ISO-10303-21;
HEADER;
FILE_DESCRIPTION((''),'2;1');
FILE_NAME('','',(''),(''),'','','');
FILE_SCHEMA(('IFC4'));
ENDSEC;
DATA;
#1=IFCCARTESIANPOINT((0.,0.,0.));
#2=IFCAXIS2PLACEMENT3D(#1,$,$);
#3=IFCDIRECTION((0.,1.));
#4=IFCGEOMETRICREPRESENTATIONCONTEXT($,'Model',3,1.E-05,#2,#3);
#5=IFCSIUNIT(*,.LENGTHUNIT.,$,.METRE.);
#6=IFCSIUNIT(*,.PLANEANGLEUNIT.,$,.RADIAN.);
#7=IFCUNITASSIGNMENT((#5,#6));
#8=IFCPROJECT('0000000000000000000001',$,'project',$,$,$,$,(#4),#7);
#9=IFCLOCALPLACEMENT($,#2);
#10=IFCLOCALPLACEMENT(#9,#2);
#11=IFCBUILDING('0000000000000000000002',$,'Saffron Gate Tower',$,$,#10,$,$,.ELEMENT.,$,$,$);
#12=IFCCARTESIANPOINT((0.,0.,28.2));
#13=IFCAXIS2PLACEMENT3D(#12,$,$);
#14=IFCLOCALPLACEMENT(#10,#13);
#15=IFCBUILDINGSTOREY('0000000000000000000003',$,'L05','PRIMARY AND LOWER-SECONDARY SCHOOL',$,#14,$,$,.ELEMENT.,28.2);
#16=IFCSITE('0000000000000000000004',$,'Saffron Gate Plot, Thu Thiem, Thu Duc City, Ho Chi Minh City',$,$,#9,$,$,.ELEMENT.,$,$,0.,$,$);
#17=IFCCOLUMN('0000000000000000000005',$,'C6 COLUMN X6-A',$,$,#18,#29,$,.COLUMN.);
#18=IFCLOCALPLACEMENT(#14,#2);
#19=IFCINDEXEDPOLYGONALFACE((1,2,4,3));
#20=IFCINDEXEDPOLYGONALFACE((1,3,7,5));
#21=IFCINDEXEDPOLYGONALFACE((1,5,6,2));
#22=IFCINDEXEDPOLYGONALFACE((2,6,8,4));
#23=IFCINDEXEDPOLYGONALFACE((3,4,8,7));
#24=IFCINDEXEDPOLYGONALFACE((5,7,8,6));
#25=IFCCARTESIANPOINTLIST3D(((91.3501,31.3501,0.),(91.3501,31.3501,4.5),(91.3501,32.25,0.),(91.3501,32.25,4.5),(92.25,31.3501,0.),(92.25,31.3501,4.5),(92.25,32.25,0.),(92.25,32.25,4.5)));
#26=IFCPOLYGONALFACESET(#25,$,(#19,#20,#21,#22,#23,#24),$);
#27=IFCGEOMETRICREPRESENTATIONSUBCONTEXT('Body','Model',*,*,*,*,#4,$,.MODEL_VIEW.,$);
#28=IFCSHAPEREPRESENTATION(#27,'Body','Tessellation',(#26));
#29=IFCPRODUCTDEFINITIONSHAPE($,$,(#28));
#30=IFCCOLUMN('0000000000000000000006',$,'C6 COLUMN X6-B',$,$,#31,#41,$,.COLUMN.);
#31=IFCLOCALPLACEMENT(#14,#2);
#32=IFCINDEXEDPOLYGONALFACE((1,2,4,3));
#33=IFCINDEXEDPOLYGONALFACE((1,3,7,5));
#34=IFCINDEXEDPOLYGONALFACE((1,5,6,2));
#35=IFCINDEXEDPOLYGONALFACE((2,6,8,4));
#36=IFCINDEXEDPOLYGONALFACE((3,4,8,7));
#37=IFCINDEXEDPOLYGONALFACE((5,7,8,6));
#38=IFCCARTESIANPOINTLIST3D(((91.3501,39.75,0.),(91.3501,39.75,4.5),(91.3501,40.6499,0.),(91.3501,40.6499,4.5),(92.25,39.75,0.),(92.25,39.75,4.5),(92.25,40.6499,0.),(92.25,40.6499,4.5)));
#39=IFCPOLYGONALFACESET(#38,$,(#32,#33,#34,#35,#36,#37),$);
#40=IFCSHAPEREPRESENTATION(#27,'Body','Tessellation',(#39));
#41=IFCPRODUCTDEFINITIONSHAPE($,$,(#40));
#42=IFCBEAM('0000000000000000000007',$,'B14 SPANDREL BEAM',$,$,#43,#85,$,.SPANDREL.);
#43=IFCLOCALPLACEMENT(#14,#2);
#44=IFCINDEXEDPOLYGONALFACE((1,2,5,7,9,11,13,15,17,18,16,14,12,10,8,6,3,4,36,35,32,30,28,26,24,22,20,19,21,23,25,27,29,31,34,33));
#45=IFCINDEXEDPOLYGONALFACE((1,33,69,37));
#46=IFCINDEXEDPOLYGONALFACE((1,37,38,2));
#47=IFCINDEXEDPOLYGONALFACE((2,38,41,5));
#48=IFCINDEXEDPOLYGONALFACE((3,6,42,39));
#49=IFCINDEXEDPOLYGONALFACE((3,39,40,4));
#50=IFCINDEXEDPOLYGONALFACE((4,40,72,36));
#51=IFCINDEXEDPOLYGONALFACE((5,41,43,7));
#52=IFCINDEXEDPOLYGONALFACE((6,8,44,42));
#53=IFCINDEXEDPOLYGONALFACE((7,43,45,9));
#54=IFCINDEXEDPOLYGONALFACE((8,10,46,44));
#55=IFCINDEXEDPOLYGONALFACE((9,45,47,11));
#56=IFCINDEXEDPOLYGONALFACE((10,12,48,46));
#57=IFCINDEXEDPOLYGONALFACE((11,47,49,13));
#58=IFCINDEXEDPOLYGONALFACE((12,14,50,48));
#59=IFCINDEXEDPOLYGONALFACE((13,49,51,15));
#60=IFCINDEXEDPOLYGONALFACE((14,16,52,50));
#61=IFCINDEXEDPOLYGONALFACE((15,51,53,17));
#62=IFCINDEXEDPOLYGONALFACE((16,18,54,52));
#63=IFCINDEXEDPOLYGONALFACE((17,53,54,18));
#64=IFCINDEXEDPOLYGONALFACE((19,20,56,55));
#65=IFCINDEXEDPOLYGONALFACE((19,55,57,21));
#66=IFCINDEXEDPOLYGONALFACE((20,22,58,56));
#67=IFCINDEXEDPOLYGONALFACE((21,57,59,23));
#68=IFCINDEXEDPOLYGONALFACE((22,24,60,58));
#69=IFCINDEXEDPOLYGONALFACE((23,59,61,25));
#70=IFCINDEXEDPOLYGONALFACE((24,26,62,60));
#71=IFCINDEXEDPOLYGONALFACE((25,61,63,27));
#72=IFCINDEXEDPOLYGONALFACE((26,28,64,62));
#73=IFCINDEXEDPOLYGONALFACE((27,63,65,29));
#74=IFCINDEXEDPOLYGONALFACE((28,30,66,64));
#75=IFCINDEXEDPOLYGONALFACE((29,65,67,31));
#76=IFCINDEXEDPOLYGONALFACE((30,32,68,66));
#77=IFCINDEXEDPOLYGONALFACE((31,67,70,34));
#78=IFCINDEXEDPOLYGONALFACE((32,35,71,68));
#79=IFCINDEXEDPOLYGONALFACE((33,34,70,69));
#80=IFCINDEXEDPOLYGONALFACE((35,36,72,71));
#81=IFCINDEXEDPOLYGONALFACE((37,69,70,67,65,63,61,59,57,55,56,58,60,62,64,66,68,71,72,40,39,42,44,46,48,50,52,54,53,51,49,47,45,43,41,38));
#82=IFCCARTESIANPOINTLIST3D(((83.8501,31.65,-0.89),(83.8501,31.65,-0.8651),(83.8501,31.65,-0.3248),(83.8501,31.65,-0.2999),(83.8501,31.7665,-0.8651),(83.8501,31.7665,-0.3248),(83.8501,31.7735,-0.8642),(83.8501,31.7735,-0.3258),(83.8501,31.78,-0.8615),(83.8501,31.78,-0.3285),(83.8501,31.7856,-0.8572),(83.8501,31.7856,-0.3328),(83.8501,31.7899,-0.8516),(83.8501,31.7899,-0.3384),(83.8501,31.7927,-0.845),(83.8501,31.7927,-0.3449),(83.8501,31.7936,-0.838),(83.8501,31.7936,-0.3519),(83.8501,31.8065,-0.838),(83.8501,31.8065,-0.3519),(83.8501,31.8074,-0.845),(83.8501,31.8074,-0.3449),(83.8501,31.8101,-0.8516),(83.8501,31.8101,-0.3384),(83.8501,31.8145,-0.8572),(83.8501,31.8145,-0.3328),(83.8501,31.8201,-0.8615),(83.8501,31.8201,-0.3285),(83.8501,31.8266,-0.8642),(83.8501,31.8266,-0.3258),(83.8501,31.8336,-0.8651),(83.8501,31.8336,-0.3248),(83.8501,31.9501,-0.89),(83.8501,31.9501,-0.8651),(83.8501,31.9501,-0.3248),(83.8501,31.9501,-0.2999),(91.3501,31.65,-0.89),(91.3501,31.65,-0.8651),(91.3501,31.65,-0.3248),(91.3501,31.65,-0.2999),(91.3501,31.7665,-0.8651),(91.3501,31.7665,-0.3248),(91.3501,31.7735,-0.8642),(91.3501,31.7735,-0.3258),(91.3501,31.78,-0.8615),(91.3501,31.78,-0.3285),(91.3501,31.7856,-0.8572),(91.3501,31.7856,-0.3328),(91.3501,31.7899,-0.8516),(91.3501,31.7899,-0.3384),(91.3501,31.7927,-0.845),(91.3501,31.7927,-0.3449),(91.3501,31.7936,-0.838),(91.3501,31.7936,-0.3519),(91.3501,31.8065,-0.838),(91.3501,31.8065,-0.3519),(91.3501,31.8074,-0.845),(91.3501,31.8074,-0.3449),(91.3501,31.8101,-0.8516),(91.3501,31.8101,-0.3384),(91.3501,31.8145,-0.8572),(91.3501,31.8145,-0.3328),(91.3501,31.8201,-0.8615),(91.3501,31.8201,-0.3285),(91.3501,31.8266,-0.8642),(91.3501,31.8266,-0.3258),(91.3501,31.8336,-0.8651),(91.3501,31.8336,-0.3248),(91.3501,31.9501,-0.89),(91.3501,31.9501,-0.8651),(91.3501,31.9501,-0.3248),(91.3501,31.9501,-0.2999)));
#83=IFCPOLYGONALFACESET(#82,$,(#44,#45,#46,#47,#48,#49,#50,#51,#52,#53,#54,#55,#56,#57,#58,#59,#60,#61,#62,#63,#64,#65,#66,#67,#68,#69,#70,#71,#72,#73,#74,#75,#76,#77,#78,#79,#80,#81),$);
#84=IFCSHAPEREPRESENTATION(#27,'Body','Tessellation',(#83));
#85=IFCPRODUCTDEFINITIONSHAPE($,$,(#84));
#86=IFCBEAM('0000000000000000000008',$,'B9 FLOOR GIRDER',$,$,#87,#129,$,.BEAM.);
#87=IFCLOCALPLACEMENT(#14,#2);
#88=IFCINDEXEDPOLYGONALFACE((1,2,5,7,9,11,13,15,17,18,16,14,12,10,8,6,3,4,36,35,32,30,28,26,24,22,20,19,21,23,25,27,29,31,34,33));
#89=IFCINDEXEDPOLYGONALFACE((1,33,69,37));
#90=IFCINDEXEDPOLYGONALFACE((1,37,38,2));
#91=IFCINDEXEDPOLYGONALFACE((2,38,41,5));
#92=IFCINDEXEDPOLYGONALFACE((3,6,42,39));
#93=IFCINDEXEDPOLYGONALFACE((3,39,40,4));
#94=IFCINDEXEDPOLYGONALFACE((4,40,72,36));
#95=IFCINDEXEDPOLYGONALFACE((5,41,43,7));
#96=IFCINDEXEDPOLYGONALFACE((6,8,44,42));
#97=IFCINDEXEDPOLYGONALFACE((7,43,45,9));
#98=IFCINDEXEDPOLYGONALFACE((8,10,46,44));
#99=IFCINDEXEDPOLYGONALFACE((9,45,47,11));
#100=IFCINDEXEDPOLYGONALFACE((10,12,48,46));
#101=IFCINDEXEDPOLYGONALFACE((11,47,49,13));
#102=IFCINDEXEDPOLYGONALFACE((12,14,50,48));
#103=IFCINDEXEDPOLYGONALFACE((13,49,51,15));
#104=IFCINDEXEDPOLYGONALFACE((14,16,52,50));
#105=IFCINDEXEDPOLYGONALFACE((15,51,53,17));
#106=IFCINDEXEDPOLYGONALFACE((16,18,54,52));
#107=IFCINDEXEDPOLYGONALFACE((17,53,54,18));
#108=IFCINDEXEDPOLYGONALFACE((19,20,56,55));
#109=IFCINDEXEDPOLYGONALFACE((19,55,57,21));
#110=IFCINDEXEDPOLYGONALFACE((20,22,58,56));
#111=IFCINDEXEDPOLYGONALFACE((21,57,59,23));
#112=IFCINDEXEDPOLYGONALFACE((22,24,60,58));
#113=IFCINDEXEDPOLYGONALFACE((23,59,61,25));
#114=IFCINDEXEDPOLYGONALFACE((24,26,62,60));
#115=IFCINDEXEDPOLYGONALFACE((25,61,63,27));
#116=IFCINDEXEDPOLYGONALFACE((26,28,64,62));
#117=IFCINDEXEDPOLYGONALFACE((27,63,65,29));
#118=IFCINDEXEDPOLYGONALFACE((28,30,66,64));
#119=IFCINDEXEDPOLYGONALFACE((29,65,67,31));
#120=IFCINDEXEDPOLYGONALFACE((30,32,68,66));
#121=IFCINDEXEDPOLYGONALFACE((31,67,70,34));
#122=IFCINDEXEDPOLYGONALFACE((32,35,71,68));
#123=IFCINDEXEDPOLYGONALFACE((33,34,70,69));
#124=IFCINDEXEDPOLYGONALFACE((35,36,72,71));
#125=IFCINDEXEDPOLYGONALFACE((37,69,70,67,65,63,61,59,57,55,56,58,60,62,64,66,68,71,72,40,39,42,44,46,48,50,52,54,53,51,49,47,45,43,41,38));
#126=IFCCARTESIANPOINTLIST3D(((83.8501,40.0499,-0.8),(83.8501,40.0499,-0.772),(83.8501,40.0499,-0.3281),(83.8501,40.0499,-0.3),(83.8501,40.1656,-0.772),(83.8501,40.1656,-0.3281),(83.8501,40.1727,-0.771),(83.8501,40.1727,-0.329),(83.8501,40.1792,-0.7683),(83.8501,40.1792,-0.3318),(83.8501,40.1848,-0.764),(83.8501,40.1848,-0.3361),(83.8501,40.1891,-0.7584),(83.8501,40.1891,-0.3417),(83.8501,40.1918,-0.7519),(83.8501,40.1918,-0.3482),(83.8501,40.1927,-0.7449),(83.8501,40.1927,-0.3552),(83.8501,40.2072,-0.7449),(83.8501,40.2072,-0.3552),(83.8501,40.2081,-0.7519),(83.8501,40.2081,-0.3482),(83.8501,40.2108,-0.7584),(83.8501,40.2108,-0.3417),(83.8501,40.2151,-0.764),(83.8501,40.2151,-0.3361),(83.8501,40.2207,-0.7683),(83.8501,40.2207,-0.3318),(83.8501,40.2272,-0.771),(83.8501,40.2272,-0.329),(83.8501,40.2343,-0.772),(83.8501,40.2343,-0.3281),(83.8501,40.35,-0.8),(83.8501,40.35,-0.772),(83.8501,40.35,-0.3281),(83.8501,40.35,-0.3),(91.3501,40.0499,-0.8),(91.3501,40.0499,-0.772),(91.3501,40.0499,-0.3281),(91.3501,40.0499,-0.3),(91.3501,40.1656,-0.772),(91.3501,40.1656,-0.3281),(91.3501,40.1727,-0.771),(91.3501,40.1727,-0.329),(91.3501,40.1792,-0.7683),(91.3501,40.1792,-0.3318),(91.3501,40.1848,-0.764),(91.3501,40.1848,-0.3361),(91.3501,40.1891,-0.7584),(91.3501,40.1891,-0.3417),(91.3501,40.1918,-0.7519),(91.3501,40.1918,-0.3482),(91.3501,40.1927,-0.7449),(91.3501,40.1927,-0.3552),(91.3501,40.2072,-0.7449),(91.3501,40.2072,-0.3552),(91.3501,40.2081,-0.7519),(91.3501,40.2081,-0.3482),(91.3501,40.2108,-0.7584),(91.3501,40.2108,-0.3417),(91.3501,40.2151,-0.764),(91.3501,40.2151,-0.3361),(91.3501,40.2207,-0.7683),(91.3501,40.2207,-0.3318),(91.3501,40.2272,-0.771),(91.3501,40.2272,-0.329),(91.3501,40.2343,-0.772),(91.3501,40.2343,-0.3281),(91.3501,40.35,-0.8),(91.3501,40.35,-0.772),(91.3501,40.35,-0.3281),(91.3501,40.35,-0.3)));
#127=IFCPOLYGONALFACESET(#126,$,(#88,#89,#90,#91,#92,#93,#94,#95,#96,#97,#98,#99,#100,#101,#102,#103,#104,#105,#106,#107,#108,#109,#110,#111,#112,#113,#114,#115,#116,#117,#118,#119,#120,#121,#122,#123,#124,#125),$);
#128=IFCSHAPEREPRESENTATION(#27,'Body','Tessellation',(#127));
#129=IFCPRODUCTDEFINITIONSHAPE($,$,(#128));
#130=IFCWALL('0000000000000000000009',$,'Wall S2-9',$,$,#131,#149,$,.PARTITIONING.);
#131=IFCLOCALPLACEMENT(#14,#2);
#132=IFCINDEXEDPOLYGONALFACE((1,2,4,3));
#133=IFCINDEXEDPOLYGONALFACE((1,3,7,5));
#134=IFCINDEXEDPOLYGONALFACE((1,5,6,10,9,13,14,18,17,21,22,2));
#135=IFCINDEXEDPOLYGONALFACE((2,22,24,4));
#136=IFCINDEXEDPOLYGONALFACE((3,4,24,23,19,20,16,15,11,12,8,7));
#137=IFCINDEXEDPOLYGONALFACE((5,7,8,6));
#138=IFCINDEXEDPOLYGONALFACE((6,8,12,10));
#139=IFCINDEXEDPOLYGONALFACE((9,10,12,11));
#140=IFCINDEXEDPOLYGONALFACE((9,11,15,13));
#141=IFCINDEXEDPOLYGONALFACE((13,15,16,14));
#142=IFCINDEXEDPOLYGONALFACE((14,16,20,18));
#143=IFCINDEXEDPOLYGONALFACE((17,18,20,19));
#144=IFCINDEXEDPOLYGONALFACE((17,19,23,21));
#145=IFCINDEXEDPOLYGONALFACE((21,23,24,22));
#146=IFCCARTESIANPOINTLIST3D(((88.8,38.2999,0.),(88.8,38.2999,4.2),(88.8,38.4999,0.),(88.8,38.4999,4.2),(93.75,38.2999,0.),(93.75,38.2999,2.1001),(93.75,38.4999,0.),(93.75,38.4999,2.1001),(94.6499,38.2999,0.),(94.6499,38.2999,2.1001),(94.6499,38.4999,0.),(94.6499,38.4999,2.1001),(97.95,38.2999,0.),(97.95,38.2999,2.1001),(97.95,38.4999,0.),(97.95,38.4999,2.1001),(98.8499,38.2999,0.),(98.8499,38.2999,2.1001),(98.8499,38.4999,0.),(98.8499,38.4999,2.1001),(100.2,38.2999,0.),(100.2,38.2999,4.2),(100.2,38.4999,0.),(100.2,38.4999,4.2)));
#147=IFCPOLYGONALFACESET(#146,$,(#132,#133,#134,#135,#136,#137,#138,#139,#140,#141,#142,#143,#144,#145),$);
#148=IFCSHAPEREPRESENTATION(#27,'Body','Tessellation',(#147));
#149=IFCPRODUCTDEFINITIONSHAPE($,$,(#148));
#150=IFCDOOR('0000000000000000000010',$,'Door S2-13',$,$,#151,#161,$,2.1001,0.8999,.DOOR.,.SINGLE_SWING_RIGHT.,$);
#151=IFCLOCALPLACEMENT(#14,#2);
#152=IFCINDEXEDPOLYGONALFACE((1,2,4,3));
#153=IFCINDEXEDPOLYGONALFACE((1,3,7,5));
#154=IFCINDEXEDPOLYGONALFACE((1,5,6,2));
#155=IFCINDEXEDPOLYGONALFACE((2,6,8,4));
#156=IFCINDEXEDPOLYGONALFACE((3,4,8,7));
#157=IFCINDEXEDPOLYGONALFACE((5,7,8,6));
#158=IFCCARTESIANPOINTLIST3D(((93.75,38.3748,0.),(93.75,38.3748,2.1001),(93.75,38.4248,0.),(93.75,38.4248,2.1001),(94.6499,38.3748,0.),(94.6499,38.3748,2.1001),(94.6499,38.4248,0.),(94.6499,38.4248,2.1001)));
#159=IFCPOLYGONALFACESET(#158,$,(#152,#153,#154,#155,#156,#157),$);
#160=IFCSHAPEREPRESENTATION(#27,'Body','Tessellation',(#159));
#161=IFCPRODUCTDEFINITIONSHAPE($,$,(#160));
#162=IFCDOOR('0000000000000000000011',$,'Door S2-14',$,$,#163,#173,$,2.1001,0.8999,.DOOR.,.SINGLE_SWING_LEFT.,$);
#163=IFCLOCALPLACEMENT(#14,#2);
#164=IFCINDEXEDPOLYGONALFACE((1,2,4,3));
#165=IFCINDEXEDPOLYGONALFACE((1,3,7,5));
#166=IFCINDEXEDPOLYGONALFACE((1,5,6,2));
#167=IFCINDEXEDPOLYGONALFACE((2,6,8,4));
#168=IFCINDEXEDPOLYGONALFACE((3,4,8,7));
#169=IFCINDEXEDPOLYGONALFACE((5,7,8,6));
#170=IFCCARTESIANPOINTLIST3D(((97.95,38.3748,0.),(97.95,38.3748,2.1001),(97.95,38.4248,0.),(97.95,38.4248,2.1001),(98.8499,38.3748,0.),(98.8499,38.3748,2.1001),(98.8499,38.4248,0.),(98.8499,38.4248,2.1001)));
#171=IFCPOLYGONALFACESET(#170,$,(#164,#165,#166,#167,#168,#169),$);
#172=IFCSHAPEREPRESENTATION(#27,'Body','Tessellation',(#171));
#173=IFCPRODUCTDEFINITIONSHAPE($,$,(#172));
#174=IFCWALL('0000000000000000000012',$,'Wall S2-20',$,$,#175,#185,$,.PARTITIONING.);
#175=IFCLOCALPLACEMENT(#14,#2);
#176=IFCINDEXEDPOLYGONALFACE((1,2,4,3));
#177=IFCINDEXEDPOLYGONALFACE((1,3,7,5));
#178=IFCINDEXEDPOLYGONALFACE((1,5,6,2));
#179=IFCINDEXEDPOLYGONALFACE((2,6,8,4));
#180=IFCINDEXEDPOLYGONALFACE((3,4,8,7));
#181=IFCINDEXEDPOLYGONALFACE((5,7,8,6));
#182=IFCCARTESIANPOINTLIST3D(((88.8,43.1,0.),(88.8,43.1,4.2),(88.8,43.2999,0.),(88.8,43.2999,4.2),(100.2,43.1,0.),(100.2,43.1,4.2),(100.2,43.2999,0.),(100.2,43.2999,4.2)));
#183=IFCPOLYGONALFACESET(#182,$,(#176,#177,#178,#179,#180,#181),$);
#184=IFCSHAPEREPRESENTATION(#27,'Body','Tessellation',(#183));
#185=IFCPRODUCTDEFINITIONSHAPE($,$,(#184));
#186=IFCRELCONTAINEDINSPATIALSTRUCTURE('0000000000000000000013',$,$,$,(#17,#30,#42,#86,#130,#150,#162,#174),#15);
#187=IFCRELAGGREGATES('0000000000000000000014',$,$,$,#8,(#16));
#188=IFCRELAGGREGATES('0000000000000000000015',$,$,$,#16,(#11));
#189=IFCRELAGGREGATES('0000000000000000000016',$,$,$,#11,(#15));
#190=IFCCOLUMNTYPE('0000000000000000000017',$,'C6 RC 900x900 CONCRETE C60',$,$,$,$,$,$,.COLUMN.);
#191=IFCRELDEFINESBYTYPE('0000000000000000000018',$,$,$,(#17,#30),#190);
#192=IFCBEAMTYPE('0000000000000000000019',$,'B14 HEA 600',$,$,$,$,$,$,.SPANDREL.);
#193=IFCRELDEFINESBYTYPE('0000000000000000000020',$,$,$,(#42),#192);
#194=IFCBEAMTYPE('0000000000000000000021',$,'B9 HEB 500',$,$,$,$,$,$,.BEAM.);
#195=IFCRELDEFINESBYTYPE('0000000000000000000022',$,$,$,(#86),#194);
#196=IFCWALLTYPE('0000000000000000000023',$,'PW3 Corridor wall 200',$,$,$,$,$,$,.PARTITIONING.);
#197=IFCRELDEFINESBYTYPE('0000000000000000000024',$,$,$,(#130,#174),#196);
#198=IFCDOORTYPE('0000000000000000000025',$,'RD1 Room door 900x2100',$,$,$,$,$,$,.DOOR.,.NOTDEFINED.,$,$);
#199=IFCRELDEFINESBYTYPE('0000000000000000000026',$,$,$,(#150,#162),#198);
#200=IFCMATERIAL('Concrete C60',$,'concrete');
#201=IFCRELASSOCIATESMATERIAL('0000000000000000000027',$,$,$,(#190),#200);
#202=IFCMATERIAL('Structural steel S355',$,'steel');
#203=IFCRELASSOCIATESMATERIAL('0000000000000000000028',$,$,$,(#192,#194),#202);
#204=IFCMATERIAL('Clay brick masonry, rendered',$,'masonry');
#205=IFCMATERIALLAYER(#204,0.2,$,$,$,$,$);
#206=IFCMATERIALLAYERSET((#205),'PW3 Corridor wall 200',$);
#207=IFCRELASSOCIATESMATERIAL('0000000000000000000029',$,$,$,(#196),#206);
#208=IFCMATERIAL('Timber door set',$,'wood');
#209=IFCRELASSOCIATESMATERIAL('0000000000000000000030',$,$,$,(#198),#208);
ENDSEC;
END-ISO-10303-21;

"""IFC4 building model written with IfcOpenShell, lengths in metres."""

from ifc_helpers import new_model, si_unit, direction, frame, frame_2d, origin, origin_2d, place, context, subcontext, project, spatial, rectangle, i_section, extrude, material, layer, layer_set, material_profile, profile_set, type_object, element, fill, save


model = new_model("IFC4")

# Units and contexts
model_context = context("Model", 3, precision=1e-05, world=origin(), true_north=direction((0.0, 1.0)))
body_context = subcontext(model_context, "Body", "Model", "MODEL_VIEW")
ifc_project = project(units=[si_unit("LENGTHUNIT", "METRE"), si_unit("PLANEANGLEUNIT", "RADIAN")], contexts=[model_context])

# Site, building, storey
site_placement = place(None, origin())
site = spatial("IfcSite", under=ifc_project, at=site_placement, Name="Saffron Gate Plot, Thu Thiem, Thu Duc City, Ho Chi Minh City", CompositionType="ELEMENT", RefElevation=0.0)
building_placement = place(site_placement, origin())
building = spatial("IfcBuilding", under=site, at=building_placement, Name="Saffron Gate Tower", CompositionType="ELEMENT")
storey_placement = place(building_placement, frame((0.0, 0.0, 28.2)))
storey = spatial("IfcBuildingStorey", under=building, at=storey_placement, Name="L05", Description="PRIMARY AND LOWER-SECONDARY SCHOOL", CompositionType="ELEMENT", Elevation=28.2)

# Columns
ifc_material_1 = material(Name="Concrete C60", Category="concrete")
ifc_material_profile_1 = material_profile(ifc_material_1, rectangle(XDim=0.8999, YDim=0.8999, at=origin_2d()))
ifc_profile_set_1 = profile_set([ifc_material_profile_1], Name="Concrete C60")
column_type = type_object("IfcColumnType", Name="C6 RC 900x900 CONCRETE C60", PredefinedType="COLUMN", material=ifc_profile_set_1)
for number, where, z_axis, x_axis, name in (
    (1, (91.8, 31.8, 0.0), (0.0, 0.0, 1.0), (1.0, 0.0, 0.0), "C6 COLUMN X6-A"),
    (2, (91.8, 40.2, 0.0), (0.0, 0.0, 1.0), (1.0, 0.0, 0.0), "C6 COLUMN X6-B"),
):
    element("IfcColumn", number, at=place(storey_placement, frame(where, z_axis=z_axis, x_axis=x_axis)), inside=storey, type_object=column_type, Name=name, PredefinedType="COLUMN", context=body_context, shape_type="SweptSolid", body=[
        extrude(rectangle(XDim=0.8999, YDim=0.8999, at=origin_2d()), origin(), (0.0, 0.0, 1.0), 4.5),
    ])

# Beams
ifc_material_2 = material(Name="Structural steel S355", Category="steel")
ifc_material_profile_2 = material_profile(ifc_material_2, i_section(OverallWidth=0.3, OverallDepth=0.5901, WebThickness=0.0129, FlangeThickness=0.0249, FilletRadius=0.0271, at=origin_2d()))
ifc_profile_set_2 = profile_set([ifc_material_profile_2], Name="Structural steel S355")
beam_type_1 = type_object("IfcBeamType", Name="B14 HEA 600", PredefinedType="SPANDREL", material=ifc_profile_set_2)
beam_1_placement = place(storey_placement, frame((83.8501, 31.8, -0.595), z_axis=(1.0, 0.0, 0.0), x_axis=(0.0, 1.0, 0.0)))
element("IfcBeam", 3, at=beam_1_placement, inside=storey, type_object=beam_type_1, Name="B14 SPANDREL BEAM", PredefinedType="SPANDREL", context=body_context, shape_type="SweptSolid", body=[
    extrude(i_section(OverallWidth=0.3, OverallDepth=0.5901, WebThickness=0.0129, FlangeThickness=0.0249, FilletRadius=0.0271, at=origin_2d()), origin(), (0.0, 0.0, 1.0), 7.5),
])
ifc_material_profile_3 = material_profile(ifc_material_2, i_section(OverallWidth=0.3, OverallDepth=0.5, WebThickness=0.0144, FlangeThickness=0.0281, FilletRadius=0.0271, at=origin_2d()))
ifc_profile_set_3 = profile_set([ifc_material_profile_3], Name="Structural steel S355")
beam_type_2 = type_object("IfcBeamType", Name="B9 HEB 500", PredefinedType="BEAM", material=ifc_profile_set_3)
beam_2_placement = place(storey_placement, frame((83.8501, 40.2, -0.55), z_axis=(1.0, 0.0, 0.0), x_axis=(0.0, 1.0, 0.0)))
element("IfcBeam", 4, at=beam_2_placement, inside=storey, type_object=beam_type_2, Name="B9 FLOOR GIRDER", PredefinedType="BEAM", context=body_context, shape_type="SweptSolid", body=[
    extrude(i_section(OverallWidth=0.3, OverallDepth=0.5, WebThickness=0.0144, FlangeThickness=0.0281, FilletRadius=0.0271, at=origin_2d()), origin(), (0.0, 0.0, 1.0), 7.5),
])

# Wall, openings, doors
ifc_material_3 = material(Name="Clay brick masonry, rendered", Category="masonry")
ifc_layer_1 = layer(ifc_material_3, 0.2)
ifc_layer_set_1 = layer_set([ifc_layer_1], Name="PW3 Corridor wall 200")
wall_type_1 = type_object("IfcWallType", Name="PW3 Corridor wall 200", PredefinedType="PARTITIONING", material=ifc_layer_set_1)
wall_1_placement = place(storey_placement, frame((88.8, 38.3999, 0.0), z_axis=(0.0, 0.0, 1.0), x_axis=(1.0, 0.0, 0.0)))
wall_1 = element("IfcWall", 5, at=wall_1_placement, inside=storey, type_object=wall_type_1, Name="Wall S2-9", PredefinedType="PARTITIONING", context=body_context, shape_type="SweptSolid", body=[
    extrude(rectangle(XDim=11.3999, YDim=0.2, at=frame_2d((5.7, 0.0))), origin(), (0.0, 0.0, 1.0), 4.2),
])
opening_1_placement = place(wall_1_placement, frame((4.95, 0.0, 0.0)))
opening_1 = element("IfcOpeningElement", 6, at=opening_1_placement, cuts=wall_1, PredefinedType="OPENING", context=body_context, shape_type="SweptSolid", body=[
    extrude(rectangle(XDim=0.8999, YDim=2.1001, at=frame_2d((0.45, 1.05))), frame((0.0, 0.1099, 0.0), z_axis=(0.0, -1.0, 0.0), x_axis=(1.0, 0.0, 0.0)), (0.0, 0.0, 1.0), 0.22),
])
opening_2_placement = place(wall_1_placement, frame((9.1499, 0.0, 0.0)))
opening_2 = element("IfcOpeningElement", 7, at=opening_2_placement, cuts=wall_1, PredefinedType="OPENING", context=body_context, shape_type="SweptSolid", body=[
    extrude(rectangle(XDim=0.8999, YDim=2.1001, at=frame_2d((0.45, 1.05))), frame((0.0, 0.1099, 0.0), z_axis=(0.0, -1.0, 0.0), x_axis=(1.0, 0.0, 0.0)), (0.0, 0.0, 1.0), 0.22),
])
ifc_material_4 = material(Name="Timber door set", Category="wood")
door_type = type_object("IfcDoorType", Name="RD1 Room door 900x2100", OperationType="NOTDEFINED", PredefinedType="DOOR", material=ifc_material_4)
door_1_placement = place(opening_1_placement, origin())
door_1 = element("IfcDoor", 8, at=door_1_placement, inside=storey, type_object=door_type, Name="Door S2-13", OperationType="SINGLE_SWING_RIGHT", OverallHeight=2.1001, OverallWidth=0.8999, PredefinedType="DOOR", context=body_context, shape_type="SweptSolid", body=[
    extrude(rectangle(XDim=0.8999, YDim=2.1001, at=frame_2d((0.45, 1.05))), frame((0.0, 0.0249, 0.0), z_axis=(0.0, -1.0, 0.0), x_axis=(1.0, 0.0, 0.0)), (0.0, 0.0, 1.0), 0.05),
])
fill(opening_1, door_1)
door_2_placement = place(opening_2_placement, origin())
door_2 = element("IfcDoor", 9, at=door_2_placement, inside=storey, type_object=door_type, Name="Door S2-14", OperationType="SINGLE_SWING_LEFT", OverallHeight=2.1001, OverallWidth=0.8999, PredefinedType="DOOR", context=body_context, shape_type="SweptSolid", body=[
    extrude(rectangle(XDim=0.8999, YDim=2.1001, at=frame_2d((0.45, 1.05))), frame((0.0, 0.0249, 0.0), z_axis=(0.0, -1.0, 0.0), x_axis=(1.0, 0.0, 0.0)), (0.0, 0.0, 1.0), 0.05),
])
fill(opening_2, door_2)

# Wall
wall_2_placement = place(storey_placement, frame((88.8, 43.2, 0.0), z_axis=(0.0, 0.0, 1.0), x_axis=(1.0, 0.0, 0.0)))
element("IfcWall", 10, at=wall_2_placement, inside=storey, type_object=wall_type_1, Name="Wall S2-20", PredefinedType="PARTITIONING", context=body_context, shape_type="SweptSolid", body=[
    extrude(rectangle(XDim=11.3999, YDim=0.2, at=frame_2d((5.7, 0.0))), origin(), (0.0, 0.0, 1.0), 4.2),
])

save(model, "model.ifc")
